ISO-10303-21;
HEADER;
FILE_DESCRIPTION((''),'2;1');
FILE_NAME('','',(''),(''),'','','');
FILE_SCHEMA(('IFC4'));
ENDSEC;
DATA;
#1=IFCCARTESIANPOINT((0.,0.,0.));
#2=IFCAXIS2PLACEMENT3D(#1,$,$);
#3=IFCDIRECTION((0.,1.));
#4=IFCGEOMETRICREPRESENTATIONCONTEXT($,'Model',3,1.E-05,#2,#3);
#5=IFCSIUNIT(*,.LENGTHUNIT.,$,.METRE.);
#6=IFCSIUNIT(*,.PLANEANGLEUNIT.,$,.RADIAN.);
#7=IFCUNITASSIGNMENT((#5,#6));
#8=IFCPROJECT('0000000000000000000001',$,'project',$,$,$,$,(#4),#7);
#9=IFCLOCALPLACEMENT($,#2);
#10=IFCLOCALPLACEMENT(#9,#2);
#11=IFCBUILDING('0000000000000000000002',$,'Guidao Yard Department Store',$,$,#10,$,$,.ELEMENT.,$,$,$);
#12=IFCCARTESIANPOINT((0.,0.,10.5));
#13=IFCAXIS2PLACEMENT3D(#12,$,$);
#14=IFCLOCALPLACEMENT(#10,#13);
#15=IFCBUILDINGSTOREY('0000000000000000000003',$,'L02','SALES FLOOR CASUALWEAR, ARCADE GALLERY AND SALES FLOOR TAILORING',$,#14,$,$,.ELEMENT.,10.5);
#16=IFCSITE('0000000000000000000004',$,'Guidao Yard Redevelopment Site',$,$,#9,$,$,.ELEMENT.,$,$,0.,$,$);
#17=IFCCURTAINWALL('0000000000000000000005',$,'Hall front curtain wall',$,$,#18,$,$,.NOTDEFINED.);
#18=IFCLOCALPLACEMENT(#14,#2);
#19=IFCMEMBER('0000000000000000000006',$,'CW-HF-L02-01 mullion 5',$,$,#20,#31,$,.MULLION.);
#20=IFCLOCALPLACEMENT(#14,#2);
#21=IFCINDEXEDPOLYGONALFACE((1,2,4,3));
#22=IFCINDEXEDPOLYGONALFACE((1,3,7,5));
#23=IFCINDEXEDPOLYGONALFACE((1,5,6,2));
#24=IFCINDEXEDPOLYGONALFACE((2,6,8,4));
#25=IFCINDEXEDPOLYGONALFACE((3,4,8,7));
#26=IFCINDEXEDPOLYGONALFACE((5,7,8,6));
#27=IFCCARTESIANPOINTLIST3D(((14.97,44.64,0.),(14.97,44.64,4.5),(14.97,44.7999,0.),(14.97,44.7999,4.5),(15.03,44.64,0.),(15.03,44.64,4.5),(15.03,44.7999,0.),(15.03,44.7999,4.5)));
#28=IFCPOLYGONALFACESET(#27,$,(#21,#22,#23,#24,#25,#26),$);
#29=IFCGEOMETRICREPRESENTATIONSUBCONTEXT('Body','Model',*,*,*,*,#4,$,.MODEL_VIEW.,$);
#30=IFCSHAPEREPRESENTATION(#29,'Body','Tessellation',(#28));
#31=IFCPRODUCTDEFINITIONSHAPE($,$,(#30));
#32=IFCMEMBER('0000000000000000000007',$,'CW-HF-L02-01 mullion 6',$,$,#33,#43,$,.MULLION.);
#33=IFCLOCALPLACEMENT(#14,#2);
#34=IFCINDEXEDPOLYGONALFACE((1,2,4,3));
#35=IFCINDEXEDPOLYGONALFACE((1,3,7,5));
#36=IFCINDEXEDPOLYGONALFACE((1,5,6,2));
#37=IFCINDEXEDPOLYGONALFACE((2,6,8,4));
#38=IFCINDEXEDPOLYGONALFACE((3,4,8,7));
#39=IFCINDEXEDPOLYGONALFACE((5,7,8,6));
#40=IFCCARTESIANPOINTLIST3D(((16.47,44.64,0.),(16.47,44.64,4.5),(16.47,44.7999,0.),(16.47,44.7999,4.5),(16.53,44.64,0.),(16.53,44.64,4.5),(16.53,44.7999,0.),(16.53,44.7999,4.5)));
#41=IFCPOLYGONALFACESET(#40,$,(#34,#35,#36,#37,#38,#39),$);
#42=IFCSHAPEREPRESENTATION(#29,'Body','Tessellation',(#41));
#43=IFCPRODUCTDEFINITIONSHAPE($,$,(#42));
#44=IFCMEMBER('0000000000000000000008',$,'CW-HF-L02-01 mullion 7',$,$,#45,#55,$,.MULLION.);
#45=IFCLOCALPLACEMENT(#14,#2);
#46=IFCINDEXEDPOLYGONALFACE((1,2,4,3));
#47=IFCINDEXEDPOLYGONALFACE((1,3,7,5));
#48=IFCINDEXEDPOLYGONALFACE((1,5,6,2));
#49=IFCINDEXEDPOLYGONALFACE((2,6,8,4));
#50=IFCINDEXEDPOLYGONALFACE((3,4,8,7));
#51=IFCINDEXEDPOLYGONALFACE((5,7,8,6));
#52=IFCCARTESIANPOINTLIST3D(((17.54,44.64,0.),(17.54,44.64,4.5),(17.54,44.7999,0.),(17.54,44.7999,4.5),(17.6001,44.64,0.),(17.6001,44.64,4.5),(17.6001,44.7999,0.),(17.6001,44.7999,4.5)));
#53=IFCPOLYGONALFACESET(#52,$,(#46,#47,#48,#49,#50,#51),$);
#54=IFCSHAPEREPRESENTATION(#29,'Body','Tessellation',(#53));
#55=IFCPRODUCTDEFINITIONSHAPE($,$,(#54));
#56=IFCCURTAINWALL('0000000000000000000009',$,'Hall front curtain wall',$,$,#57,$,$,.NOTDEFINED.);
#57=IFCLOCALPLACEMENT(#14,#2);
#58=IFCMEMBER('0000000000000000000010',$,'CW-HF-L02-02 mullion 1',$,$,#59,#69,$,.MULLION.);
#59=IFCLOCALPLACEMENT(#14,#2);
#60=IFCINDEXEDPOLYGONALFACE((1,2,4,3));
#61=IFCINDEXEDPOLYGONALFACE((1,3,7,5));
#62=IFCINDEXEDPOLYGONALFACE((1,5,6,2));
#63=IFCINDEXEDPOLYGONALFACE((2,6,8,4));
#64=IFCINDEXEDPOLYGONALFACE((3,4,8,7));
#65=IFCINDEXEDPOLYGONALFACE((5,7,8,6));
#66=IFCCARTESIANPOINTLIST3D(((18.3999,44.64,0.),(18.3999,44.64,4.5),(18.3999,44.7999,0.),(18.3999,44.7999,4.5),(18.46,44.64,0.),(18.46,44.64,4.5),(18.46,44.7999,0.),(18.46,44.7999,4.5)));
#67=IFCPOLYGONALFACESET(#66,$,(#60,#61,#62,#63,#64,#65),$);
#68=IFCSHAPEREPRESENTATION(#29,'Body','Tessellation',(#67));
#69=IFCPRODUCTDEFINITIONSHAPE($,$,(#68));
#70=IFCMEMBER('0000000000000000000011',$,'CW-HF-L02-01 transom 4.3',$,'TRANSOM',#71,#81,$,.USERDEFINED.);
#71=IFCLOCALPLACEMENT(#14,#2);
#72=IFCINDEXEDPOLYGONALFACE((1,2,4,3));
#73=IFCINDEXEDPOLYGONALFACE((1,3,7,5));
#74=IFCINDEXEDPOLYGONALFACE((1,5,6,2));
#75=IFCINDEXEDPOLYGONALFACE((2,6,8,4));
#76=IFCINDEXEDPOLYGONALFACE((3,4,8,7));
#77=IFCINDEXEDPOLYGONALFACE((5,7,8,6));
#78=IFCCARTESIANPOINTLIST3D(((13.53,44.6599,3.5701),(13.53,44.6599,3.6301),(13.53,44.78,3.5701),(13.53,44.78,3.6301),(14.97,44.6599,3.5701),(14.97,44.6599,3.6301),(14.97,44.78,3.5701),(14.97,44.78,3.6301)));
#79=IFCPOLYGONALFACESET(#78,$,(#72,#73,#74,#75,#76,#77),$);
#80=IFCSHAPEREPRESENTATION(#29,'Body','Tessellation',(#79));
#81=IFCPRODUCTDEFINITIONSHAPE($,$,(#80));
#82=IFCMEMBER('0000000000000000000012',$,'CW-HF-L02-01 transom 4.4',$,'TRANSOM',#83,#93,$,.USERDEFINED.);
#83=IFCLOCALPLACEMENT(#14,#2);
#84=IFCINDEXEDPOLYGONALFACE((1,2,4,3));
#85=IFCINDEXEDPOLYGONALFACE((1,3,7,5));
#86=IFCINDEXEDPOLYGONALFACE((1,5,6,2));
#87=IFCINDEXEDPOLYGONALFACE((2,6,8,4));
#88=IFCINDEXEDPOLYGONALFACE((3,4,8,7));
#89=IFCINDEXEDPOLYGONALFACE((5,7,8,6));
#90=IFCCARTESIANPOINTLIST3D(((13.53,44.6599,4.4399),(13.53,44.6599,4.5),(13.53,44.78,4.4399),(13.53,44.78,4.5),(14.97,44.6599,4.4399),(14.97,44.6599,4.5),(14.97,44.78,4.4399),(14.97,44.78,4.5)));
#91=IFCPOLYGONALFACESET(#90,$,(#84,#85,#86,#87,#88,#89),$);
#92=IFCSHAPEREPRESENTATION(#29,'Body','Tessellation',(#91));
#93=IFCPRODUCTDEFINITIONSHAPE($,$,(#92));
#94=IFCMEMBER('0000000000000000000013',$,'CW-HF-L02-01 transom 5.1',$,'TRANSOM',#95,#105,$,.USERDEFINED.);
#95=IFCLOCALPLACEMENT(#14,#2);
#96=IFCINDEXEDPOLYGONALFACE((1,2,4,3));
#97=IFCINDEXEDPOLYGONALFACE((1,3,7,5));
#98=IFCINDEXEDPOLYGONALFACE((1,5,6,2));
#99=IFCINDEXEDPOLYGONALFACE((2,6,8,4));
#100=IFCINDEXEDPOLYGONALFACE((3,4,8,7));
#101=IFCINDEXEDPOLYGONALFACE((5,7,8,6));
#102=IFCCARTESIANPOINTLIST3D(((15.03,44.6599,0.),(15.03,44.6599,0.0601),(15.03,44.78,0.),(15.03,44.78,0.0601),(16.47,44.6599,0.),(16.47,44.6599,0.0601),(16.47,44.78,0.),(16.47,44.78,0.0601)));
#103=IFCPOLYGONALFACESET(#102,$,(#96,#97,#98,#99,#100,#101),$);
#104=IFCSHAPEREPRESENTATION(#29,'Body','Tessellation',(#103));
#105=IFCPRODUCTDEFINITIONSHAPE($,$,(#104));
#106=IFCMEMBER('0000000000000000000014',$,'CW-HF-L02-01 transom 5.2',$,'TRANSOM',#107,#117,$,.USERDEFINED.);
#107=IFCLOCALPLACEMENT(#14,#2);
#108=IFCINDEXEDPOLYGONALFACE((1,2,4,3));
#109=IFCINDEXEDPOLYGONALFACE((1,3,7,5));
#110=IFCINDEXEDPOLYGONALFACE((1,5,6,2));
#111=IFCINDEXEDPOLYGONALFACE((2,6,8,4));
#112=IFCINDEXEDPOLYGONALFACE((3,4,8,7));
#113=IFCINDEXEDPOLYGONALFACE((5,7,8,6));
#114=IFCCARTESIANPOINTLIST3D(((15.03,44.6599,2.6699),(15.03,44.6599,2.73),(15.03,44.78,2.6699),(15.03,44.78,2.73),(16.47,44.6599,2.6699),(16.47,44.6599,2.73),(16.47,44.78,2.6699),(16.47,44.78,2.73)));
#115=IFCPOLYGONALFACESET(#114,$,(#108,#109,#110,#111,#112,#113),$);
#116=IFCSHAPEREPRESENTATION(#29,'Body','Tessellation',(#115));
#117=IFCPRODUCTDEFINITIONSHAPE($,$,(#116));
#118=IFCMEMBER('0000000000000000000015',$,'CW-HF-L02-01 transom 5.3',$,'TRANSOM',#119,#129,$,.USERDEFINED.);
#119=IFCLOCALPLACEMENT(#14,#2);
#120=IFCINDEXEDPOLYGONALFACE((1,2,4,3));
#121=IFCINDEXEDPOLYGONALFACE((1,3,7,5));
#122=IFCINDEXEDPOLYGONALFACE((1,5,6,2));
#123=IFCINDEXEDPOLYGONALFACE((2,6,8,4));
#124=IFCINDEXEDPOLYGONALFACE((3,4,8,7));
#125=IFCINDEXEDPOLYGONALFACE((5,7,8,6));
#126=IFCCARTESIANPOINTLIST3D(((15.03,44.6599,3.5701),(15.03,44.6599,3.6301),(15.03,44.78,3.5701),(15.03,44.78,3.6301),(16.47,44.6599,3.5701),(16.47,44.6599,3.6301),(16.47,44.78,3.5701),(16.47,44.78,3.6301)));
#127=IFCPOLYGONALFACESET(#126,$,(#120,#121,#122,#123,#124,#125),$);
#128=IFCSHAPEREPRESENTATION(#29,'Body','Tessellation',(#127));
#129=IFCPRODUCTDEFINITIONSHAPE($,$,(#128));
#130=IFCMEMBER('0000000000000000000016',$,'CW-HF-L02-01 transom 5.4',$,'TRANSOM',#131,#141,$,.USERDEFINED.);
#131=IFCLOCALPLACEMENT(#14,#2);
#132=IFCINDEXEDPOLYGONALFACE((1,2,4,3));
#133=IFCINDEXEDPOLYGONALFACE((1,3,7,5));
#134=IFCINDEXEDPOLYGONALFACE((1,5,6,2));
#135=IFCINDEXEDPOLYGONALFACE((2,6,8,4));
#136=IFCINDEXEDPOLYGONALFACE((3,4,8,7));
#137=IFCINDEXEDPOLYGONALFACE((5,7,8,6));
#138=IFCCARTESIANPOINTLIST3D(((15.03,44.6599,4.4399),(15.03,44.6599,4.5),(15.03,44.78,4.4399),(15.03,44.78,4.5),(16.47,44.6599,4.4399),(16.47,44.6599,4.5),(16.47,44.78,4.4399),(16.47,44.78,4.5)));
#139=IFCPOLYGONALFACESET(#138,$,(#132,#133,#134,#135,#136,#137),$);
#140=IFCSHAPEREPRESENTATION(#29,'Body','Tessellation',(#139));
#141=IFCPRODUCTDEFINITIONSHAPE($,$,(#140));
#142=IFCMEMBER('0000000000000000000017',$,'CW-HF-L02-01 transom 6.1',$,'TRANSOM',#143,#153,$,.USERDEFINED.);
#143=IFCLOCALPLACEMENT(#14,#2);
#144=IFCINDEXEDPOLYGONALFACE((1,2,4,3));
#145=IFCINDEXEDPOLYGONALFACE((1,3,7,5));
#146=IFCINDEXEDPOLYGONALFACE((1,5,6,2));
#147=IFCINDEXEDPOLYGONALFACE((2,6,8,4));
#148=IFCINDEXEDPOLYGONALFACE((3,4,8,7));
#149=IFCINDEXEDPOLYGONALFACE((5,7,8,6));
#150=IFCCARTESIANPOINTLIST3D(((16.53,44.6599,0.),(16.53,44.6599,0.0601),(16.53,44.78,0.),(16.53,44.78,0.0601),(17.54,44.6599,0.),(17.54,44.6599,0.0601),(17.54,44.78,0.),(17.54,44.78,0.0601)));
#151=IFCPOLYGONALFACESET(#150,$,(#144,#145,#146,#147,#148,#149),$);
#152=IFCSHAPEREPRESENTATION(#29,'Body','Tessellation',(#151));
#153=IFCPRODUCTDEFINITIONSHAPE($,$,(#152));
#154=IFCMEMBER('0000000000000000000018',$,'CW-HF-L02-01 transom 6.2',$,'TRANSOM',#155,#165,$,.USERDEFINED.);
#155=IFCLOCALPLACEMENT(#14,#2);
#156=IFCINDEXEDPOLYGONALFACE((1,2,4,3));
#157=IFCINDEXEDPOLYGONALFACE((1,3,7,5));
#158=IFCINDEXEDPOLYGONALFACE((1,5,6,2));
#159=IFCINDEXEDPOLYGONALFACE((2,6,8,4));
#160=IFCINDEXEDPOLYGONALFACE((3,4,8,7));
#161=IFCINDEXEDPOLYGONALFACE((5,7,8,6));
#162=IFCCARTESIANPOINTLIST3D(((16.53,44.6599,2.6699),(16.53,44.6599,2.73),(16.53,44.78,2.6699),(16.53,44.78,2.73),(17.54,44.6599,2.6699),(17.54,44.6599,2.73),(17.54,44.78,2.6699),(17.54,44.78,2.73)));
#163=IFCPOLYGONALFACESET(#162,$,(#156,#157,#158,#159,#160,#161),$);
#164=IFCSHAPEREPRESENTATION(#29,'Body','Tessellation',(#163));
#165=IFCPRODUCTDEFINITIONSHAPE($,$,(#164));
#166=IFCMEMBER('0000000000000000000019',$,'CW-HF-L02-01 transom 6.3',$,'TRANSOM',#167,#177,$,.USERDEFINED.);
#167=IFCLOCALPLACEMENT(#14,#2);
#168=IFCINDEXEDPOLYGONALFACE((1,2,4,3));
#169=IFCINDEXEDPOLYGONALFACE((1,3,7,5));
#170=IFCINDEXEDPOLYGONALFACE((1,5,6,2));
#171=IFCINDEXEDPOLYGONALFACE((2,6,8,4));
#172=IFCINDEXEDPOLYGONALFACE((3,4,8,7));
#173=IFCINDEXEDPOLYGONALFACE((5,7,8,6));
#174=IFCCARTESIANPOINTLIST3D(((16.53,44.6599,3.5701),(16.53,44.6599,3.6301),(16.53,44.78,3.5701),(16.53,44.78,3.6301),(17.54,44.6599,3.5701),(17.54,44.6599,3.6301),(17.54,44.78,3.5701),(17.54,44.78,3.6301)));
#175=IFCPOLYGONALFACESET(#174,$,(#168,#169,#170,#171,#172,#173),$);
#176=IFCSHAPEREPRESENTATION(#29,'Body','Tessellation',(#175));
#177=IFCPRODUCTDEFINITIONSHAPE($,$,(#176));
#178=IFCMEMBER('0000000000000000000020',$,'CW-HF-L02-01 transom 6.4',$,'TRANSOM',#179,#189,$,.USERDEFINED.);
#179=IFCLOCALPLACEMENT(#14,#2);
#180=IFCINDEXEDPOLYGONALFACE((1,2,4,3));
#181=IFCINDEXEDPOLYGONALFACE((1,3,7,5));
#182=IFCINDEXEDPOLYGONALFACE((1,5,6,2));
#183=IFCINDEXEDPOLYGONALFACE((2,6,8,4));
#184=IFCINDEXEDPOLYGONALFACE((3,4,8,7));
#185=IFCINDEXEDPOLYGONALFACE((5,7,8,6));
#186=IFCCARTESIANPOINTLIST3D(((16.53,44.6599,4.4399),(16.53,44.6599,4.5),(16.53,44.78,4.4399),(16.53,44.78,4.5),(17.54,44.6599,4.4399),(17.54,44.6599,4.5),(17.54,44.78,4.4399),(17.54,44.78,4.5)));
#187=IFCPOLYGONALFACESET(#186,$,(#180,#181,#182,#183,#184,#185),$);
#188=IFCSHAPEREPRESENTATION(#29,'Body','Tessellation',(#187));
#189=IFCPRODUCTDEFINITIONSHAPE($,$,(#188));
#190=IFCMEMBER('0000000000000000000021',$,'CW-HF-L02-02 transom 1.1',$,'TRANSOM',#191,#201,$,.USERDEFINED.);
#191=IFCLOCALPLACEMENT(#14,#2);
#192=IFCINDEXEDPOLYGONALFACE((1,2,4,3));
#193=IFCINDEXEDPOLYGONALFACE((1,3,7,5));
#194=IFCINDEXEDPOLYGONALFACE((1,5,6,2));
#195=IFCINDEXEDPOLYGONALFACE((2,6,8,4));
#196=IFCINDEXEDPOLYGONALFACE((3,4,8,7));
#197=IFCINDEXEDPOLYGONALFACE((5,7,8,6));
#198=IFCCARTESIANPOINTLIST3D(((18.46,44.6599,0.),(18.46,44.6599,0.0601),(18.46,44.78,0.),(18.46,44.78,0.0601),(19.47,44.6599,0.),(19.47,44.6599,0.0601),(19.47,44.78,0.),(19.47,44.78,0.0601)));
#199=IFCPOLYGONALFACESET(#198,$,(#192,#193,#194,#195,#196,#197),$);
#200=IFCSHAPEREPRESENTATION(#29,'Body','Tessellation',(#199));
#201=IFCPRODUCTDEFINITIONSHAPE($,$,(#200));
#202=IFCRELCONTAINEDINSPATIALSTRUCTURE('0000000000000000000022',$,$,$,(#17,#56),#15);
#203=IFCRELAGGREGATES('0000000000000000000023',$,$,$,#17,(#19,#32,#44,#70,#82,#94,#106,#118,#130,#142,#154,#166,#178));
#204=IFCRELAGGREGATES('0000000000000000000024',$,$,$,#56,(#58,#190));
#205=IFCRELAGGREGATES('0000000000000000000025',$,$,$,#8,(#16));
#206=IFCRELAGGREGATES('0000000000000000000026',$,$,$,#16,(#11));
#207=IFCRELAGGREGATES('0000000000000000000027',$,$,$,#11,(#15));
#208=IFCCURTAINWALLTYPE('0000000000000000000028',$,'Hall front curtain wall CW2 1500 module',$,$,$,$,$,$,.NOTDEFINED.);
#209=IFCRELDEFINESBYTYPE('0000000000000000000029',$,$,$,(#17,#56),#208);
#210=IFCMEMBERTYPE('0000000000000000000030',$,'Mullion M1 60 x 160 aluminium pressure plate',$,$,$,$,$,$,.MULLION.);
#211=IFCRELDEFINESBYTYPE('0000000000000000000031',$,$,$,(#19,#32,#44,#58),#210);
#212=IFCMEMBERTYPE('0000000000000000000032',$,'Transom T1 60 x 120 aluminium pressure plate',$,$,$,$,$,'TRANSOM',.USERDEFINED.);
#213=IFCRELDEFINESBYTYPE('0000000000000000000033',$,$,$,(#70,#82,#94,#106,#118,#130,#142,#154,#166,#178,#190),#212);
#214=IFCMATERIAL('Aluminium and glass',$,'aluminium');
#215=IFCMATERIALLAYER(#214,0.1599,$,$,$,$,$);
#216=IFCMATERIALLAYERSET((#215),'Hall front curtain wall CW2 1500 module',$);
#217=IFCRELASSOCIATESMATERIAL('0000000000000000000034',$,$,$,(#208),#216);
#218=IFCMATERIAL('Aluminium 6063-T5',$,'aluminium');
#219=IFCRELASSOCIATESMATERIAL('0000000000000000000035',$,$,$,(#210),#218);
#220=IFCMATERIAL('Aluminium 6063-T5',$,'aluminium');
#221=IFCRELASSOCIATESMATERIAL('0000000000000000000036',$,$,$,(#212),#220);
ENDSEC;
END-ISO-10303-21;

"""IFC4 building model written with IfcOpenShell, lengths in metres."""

from ifc_helpers import new_model, si_unit, direction, frame, origin, origin_2d, place, context, subcontext, project, spatial, rectangle, extrude, material, layer, layer_set, material_profile, profile_set, type_object, element, aggregate, save


model = new_model("IFC4")

# Units and contexts
model_context = context("Model", 3, precision=1e-05, world=origin(), true_north=direction((0.0, 1.0)))
body_context = subcontext(model_context, "Body", "Model", "MODEL_VIEW")
ifc_project = project(units=[si_unit("LENGTHUNIT", "METRE"), si_unit("PLANEANGLEUNIT", "RADIAN")], contexts=[model_context])

# Site, building, storey
site_placement = place(None, origin())
site = spatial("IfcSite", under=ifc_project, at=site_placement, Name="Guidao Yard Redevelopment Site", CompositionType="ELEMENT", RefElevation=0.0)
building_placement = place(site_placement, origin())
building = spatial("IfcBuilding", under=site, at=building_placement, Name="Guidao Yard Department Store", CompositionType="ELEMENT")
storey_placement = place(building_placement, frame((0.0, 0.0, 10.5)))
storey = spatial("IfcBuildingStorey", under=building, at=storey_placement, Name="L02", Description="SALES FLOOR CASUALWEAR, ARCADE GALLERY AND SALES FLOOR TAILORING", CompositionType="ELEMENT", Elevation=10.5)

# Curtain wall, members
ifc_material_1 = material(Name="Aluminium and glass", Category="aluminium")
ifc_layer_1 = layer(ifc_material_1, 0.1599)
ifc_layer_set_1 = layer_set([ifc_layer_1], Name="Hall front curtain wall CW2 1500 module")
curtain_wall_type = type_object("IfcCurtainWallType", Name="Hall front curtain wall CW2 1500 module", PredefinedType="NOTDEFINED", material=ifc_layer_set_1)
curtain_wall_1_placement = place(storey_placement, origin())
curtain_wall_1 = element("IfcCurtainWall", 1, at=curtain_wall_1_placement, inside=storey, type_object=curtain_wall_type, Name="Hall front curtain wall", PredefinedType="NOTDEFINED")
ifc_material_2 = material(Name="Aluminium 6063-T5", Category="aluminium")
ifc_material_profile_1 = material_profile(ifc_material_2, rectangle(XDim=0.0601, YDim=0.1599, at=origin_2d()), Name="Mullion M1 60 x 160 aluminium pressure plate")
ifc_profile_set_1 = profile_set([ifc_material_profile_1], Name="Aluminium 6063-T5")
member_type_1 = type_object("IfcMemberType", Name="Mullion M1 60 x 160 aluminium pressure plate", PredefinedType="MULLION", material=ifc_profile_set_1)
member_1_placement = place(storey_placement, frame((15.0, 44.72, 0.0), z_axis=(0.0, 0.0, 1.0), x_axis=(-1.0, 0.0, 0.0)))
member_1 = element("IfcMember", 2, at=member_1_placement, type_object=member_type_1, Name="CW-HF-L02-01 mullion 5", PredefinedType="MULLION", context=body_context, shape_type="SweptSolid", body=[
    extrude(rectangle(XDim=0.0601, YDim=0.1599, at=origin_2d()), origin(), (0.0, 0.0, 1.0), 4.5),
])
member_2_placement = place(storey_placement, frame((16.5, 44.72, 0.0), z_axis=(0.0, 0.0, 1.0), x_axis=(-1.0, 0.0, 0.0)))
member_2 = element("IfcMember", 3, at=member_2_placement, type_object=member_type_1, Name="CW-HF-L02-01 mullion 6", PredefinedType="MULLION", context=body_context, shape_type="SweptSolid", body=[
    extrude(rectangle(XDim=0.0601, YDim=0.1599, at=origin_2d()), origin(), (0.0, 0.0, 1.0), 4.5),
])
member_3_placement = place(storey_placement, frame((17.5701, 44.72, 0.0), z_axis=(0.0, 0.0, 1.0), x_axis=(-1.0, 0.0, 0.0)))
member_3 = element("IfcMember", 4, at=member_3_placement, type_object=member_type_1, Name="CW-HF-L02-01 mullion 7", PredefinedType="MULLION", context=body_context, shape_type="SweptSolid", body=[
    extrude(rectangle(XDim=0.0601, YDim=0.1599, at=origin_2d()), origin(), (0.0, 0.0, 1.0), 4.5),
])

# Curtain wall, member
curtain_wall_2_placement = place(storey_placement, origin())
curtain_wall_2 = element("IfcCurtainWall", 5, at=curtain_wall_2_placement, inside=storey, type_object=curtain_wall_type, Name="Hall front curtain wall", PredefinedType="NOTDEFINED")
member_4_placement = place(storey_placement, frame((18.4299, 44.72, 0.0), z_axis=(0.0, 0.0, 1.0), x_axis=(-1.0, 0.0, 0.0)))
member_4 = element("IfcMember", 6, at=member_4_placement, type_object=member_type_1, Name="CW-HF-L02-02 mullion 1", PredefinedType="MULLION", context=body_context, shape_type="SweptSolid", body=[
    extrude(rectangle(XDim=0.0601, YDim=0.1599, at=origin_2d()), origin(), (0.0, 0.0, 1.0), 4.5),
])

# Members
ifc_material_3 = material(Name="Aluminium 6063-T5", Category="aluminium")
ifc_material_profile_2 = material_profile(ifc_material_3, rectangle(XDim=0.1201, YDim=0.0601, at=origin_2d()), Name="Transom T1 60 x 120 aluminium pressure plate")
ifc_profile_set_2 = profile_set([ifc_material_profile_2], Name="Aluminium 6063-T5")
member_type_2 = type_object("IfcMemberType", Name="Transom T1 60 x 120 aluminium pressure plate", ElementType="TRANSOM", PredefinedType="USERDEFINED", material=ifc_profile_set_2)
member_5_placement = place(storey_placement, frame((14.97, 44.72, 3.6001), z_axis=(-1.0, 0.0, 0.0), x_axis=(0.0, -1.0, 0.0)))
member_5 = element("IfcMember", 7, at=member_5_placement, type_object=member_type_2, Name="CW-HF-L02-01 transom 4.3", ObjectType="TRANSOM", PredefinedType="USERDEFINED", context=body_context, shape_type="SweptSolid", body=[
    extrude(rectangle(XDim=0.1201, YDim=0.0601, at=origin_2d()), origin(), (0.0, 0.0, 1.0), 1.4399),
])
member_6_placement = place(storey_placement, frame((14.97, 44.72, 4.47), z_axis=(-1.0, 0.0, 0.0), x_axis=(0.0, -1.0, 0.0)))
member_6 = element("IfcMember", 8, at=member_6_placement, type_object=member_type_2, Name="CW-HF-L02-01 transom 4.4", ObjectType="TRANSOM", PredefinedType="USERDEFINED", context=body_context, shape_type="SweptSolid", body=[
    extrude(rectangle(XDim=0.1201, YDim=0.0601, at=origin_2d()), origin(), (0.0, 0.0, 1.0), 1.4399),
])
member_7_placement = place(storey_placement, frame((16.47, 44.72, 0.03), z_axis=(-1.0, 0.0, 0.0), x_axis=(0.0, -1.0, 0.0)))
member_7 = element("IfcMember", 9, at=member_7_placement, type_object=member_type_2, Name="CW-HF-L02-01 transom 5.1", ObjectType="TRANSOM", PredefinedType="USERDEFINED", context=body_context, shape_type="SweptSolid", body=[
    extrude(rectangle(XDim=0.1201, YDim=0.0601, at=origin_2d()), origin(), (0.0, 0.0, 1.0), 1.4399),
])
member_8_placement = place(storey_placement, frame((16.47, 44.72, 2.7), z_axis=(-1.0, 0.0, 0.0), x_axis=(0.0, -1.0, 0.0)))
member_8 = element("IfcMember", 10, at=member_8_placement, type_object=member_type_2, Name="CW-HF-L02-01 transom 5.2", ObjectType="TRANSOM", PredefinedType="USERDEFINED", context=body_context, shape_type="SweptSolid", body=[
    extrude(rectangle(XDim=0.1201, YDim=0.0601, at=origin_2d()), origin(), (0.0, 0.0, 1.0), 1.4399),
])
member_9_placement = place(storey_placement, frame((16.47, 44.72, 3.6001), z_axis=(-1.0, 0.0, 0.0), x_axis=(0.0, -1.0, 0.0)))
member_9 = element("IfcMember", 11, at=member_9_placement, type_object=member_type_2, Name="CW-HF-L02-01 transom 5.3", ObjectType="TRANSOM", PredefinedType="USERDEFINED", context=body_context, shape_type="SweptSolid", body=[
    extrude(rectangle(XDim=0.1201, YDim=0.0601, at=origin_2d()), origin(), (0.0, 0.0, 1.0), 1.4399),
])
member_10_placement = place(storey_placement, frame((16.47, 44.72, 4.47), z_axis=(-1.0, 0.0, 0.0), x_axis=(0.0, -1.0, 0.0)))
member_10 = element("IfcMember", 12, at=member_10_placement, type_object=member_type_2, Name="CW-HF-L02-01 transom 5.4", ObjectType="TRANSOM", PredefinedType="USERDEFINED", context=body_context, shape_type="SweptSolid", body=[
    extrude(rectangle(XDim=0.1201, YDim=0.0601, at=origin_2d()), origin(), (0.0, 0.0, 1.0), 1.4399),
])
member_11_placement = place(storey_placement, frame((17.54, 44.72, 0.03), z_axis=(-1.0, 0.0, 0.0), x_axis=(0.0, -1.0, 0.0)))
member_11 = element("IfcMember", 13, at=member_11_placement, type_object=member_type_2, Name="CW-HF-L02-01 transom 6.1", ObjectType="TRANSOM", PredefinedType="USERDEFINED", context=body_context, shape_type="SweptSolid", body=[
    extrude(rectangle(XDim=0.1201, YDim=0.0601, at=origin_2d()), origin(), (0.0, 0.0, 1.0), 1.01),
])
member_12_placement = place(storey_placement, frame((17.54, 44.72, 2.7), z_axis=(-1.0, 0.0, 0.0), x_axis=(0.0, -1.0, 0.0)))
member_12 = element("IfcMember", 14, at=member_12_placement, type_object=member_type_2, Name="CW-HF-L02-01 transom 6.2", ObjectType="TRANSOM", PredefinedType="USERDEFINED", context=body_context, shape_type="SweptSolid", body=[
    extrude(rectangle(XDim=0.1201, YDim=0.0601, at=origin_2d()), origin(), (0.0, 0.0, 1.0), 1.01),
])
member_13_placement = place(storey_placement, frame((17.54, 44.72, 3.6001), z_axis=(-1.0, 0.0, 0.0), x_axis=(0.0, -1.0, 0.0)))
member_13 = element("IfcMember", 15, at=member_13_placement, type_object=member_type_2, Name="CW-HF-L02-01 transom 6.3", ObjectType="TRANSOM", PredefinedType="USERDEFINED", context=body_context, shape_type="SweptSolid", body=[
    extrude(rectangle(XDim=0.1201, YDim=0.0601, at=origin_2d()), origin(), (0.0, 0.0, 1.0), 1.01),
])
member_14_placement = place(storey_placement, frame((17.54, 44.72, 4.47), z_axis=(-1.0, 0.0, 0.0), x_axis=(0.0, -1.0, 0.0)))
member_14 = element("IfcMember", 16, at=member_14_placement, type_object=member_type_2, Name="CW-HF-L02-01 transom 6.4", ObjectType="TRANSOM", PredefinedType="USERDEFINED", context=body_context, shape_type="SweptSolid", body=[
    extrude(rectangle(XDim=0.1201, YDim=0.0601, at=origin_2d()), origin(), (0.0, 0.0, 1.0), 1.01),
])
member_15_placement = place(storey_placement, frame((19.47, 44.72, 0.03), z_axis=(-1.0, 0.0, 0.0), x_axis=(0.0, -1.0, 0.0)))
member_15 = element("IfcMember", 17, at=member_15_placement, type_object=member_type_2, Name="CW-HF-L02-02 transom 1.1", ObjectType="TRANSOM", PredefinedType="USERDEFINED", context=body_context, shape_type="SweptSolid", body=[
    extrude(rectangle(XDim=0.1201, YDim=0.0601, at=origin_2d()), origin(), (0.0, 0.0, 1.0), 1.01),
])

aggregate(curtain_wall_1, [member_1, member_2, member_3, member_5, member_6, member_7, member_8, member_9, member_10, member_11, member_12, member_13, member_14])
aggregate(curtain_wall_2, [member_4, member_15])

save(model, "model.ifc")
